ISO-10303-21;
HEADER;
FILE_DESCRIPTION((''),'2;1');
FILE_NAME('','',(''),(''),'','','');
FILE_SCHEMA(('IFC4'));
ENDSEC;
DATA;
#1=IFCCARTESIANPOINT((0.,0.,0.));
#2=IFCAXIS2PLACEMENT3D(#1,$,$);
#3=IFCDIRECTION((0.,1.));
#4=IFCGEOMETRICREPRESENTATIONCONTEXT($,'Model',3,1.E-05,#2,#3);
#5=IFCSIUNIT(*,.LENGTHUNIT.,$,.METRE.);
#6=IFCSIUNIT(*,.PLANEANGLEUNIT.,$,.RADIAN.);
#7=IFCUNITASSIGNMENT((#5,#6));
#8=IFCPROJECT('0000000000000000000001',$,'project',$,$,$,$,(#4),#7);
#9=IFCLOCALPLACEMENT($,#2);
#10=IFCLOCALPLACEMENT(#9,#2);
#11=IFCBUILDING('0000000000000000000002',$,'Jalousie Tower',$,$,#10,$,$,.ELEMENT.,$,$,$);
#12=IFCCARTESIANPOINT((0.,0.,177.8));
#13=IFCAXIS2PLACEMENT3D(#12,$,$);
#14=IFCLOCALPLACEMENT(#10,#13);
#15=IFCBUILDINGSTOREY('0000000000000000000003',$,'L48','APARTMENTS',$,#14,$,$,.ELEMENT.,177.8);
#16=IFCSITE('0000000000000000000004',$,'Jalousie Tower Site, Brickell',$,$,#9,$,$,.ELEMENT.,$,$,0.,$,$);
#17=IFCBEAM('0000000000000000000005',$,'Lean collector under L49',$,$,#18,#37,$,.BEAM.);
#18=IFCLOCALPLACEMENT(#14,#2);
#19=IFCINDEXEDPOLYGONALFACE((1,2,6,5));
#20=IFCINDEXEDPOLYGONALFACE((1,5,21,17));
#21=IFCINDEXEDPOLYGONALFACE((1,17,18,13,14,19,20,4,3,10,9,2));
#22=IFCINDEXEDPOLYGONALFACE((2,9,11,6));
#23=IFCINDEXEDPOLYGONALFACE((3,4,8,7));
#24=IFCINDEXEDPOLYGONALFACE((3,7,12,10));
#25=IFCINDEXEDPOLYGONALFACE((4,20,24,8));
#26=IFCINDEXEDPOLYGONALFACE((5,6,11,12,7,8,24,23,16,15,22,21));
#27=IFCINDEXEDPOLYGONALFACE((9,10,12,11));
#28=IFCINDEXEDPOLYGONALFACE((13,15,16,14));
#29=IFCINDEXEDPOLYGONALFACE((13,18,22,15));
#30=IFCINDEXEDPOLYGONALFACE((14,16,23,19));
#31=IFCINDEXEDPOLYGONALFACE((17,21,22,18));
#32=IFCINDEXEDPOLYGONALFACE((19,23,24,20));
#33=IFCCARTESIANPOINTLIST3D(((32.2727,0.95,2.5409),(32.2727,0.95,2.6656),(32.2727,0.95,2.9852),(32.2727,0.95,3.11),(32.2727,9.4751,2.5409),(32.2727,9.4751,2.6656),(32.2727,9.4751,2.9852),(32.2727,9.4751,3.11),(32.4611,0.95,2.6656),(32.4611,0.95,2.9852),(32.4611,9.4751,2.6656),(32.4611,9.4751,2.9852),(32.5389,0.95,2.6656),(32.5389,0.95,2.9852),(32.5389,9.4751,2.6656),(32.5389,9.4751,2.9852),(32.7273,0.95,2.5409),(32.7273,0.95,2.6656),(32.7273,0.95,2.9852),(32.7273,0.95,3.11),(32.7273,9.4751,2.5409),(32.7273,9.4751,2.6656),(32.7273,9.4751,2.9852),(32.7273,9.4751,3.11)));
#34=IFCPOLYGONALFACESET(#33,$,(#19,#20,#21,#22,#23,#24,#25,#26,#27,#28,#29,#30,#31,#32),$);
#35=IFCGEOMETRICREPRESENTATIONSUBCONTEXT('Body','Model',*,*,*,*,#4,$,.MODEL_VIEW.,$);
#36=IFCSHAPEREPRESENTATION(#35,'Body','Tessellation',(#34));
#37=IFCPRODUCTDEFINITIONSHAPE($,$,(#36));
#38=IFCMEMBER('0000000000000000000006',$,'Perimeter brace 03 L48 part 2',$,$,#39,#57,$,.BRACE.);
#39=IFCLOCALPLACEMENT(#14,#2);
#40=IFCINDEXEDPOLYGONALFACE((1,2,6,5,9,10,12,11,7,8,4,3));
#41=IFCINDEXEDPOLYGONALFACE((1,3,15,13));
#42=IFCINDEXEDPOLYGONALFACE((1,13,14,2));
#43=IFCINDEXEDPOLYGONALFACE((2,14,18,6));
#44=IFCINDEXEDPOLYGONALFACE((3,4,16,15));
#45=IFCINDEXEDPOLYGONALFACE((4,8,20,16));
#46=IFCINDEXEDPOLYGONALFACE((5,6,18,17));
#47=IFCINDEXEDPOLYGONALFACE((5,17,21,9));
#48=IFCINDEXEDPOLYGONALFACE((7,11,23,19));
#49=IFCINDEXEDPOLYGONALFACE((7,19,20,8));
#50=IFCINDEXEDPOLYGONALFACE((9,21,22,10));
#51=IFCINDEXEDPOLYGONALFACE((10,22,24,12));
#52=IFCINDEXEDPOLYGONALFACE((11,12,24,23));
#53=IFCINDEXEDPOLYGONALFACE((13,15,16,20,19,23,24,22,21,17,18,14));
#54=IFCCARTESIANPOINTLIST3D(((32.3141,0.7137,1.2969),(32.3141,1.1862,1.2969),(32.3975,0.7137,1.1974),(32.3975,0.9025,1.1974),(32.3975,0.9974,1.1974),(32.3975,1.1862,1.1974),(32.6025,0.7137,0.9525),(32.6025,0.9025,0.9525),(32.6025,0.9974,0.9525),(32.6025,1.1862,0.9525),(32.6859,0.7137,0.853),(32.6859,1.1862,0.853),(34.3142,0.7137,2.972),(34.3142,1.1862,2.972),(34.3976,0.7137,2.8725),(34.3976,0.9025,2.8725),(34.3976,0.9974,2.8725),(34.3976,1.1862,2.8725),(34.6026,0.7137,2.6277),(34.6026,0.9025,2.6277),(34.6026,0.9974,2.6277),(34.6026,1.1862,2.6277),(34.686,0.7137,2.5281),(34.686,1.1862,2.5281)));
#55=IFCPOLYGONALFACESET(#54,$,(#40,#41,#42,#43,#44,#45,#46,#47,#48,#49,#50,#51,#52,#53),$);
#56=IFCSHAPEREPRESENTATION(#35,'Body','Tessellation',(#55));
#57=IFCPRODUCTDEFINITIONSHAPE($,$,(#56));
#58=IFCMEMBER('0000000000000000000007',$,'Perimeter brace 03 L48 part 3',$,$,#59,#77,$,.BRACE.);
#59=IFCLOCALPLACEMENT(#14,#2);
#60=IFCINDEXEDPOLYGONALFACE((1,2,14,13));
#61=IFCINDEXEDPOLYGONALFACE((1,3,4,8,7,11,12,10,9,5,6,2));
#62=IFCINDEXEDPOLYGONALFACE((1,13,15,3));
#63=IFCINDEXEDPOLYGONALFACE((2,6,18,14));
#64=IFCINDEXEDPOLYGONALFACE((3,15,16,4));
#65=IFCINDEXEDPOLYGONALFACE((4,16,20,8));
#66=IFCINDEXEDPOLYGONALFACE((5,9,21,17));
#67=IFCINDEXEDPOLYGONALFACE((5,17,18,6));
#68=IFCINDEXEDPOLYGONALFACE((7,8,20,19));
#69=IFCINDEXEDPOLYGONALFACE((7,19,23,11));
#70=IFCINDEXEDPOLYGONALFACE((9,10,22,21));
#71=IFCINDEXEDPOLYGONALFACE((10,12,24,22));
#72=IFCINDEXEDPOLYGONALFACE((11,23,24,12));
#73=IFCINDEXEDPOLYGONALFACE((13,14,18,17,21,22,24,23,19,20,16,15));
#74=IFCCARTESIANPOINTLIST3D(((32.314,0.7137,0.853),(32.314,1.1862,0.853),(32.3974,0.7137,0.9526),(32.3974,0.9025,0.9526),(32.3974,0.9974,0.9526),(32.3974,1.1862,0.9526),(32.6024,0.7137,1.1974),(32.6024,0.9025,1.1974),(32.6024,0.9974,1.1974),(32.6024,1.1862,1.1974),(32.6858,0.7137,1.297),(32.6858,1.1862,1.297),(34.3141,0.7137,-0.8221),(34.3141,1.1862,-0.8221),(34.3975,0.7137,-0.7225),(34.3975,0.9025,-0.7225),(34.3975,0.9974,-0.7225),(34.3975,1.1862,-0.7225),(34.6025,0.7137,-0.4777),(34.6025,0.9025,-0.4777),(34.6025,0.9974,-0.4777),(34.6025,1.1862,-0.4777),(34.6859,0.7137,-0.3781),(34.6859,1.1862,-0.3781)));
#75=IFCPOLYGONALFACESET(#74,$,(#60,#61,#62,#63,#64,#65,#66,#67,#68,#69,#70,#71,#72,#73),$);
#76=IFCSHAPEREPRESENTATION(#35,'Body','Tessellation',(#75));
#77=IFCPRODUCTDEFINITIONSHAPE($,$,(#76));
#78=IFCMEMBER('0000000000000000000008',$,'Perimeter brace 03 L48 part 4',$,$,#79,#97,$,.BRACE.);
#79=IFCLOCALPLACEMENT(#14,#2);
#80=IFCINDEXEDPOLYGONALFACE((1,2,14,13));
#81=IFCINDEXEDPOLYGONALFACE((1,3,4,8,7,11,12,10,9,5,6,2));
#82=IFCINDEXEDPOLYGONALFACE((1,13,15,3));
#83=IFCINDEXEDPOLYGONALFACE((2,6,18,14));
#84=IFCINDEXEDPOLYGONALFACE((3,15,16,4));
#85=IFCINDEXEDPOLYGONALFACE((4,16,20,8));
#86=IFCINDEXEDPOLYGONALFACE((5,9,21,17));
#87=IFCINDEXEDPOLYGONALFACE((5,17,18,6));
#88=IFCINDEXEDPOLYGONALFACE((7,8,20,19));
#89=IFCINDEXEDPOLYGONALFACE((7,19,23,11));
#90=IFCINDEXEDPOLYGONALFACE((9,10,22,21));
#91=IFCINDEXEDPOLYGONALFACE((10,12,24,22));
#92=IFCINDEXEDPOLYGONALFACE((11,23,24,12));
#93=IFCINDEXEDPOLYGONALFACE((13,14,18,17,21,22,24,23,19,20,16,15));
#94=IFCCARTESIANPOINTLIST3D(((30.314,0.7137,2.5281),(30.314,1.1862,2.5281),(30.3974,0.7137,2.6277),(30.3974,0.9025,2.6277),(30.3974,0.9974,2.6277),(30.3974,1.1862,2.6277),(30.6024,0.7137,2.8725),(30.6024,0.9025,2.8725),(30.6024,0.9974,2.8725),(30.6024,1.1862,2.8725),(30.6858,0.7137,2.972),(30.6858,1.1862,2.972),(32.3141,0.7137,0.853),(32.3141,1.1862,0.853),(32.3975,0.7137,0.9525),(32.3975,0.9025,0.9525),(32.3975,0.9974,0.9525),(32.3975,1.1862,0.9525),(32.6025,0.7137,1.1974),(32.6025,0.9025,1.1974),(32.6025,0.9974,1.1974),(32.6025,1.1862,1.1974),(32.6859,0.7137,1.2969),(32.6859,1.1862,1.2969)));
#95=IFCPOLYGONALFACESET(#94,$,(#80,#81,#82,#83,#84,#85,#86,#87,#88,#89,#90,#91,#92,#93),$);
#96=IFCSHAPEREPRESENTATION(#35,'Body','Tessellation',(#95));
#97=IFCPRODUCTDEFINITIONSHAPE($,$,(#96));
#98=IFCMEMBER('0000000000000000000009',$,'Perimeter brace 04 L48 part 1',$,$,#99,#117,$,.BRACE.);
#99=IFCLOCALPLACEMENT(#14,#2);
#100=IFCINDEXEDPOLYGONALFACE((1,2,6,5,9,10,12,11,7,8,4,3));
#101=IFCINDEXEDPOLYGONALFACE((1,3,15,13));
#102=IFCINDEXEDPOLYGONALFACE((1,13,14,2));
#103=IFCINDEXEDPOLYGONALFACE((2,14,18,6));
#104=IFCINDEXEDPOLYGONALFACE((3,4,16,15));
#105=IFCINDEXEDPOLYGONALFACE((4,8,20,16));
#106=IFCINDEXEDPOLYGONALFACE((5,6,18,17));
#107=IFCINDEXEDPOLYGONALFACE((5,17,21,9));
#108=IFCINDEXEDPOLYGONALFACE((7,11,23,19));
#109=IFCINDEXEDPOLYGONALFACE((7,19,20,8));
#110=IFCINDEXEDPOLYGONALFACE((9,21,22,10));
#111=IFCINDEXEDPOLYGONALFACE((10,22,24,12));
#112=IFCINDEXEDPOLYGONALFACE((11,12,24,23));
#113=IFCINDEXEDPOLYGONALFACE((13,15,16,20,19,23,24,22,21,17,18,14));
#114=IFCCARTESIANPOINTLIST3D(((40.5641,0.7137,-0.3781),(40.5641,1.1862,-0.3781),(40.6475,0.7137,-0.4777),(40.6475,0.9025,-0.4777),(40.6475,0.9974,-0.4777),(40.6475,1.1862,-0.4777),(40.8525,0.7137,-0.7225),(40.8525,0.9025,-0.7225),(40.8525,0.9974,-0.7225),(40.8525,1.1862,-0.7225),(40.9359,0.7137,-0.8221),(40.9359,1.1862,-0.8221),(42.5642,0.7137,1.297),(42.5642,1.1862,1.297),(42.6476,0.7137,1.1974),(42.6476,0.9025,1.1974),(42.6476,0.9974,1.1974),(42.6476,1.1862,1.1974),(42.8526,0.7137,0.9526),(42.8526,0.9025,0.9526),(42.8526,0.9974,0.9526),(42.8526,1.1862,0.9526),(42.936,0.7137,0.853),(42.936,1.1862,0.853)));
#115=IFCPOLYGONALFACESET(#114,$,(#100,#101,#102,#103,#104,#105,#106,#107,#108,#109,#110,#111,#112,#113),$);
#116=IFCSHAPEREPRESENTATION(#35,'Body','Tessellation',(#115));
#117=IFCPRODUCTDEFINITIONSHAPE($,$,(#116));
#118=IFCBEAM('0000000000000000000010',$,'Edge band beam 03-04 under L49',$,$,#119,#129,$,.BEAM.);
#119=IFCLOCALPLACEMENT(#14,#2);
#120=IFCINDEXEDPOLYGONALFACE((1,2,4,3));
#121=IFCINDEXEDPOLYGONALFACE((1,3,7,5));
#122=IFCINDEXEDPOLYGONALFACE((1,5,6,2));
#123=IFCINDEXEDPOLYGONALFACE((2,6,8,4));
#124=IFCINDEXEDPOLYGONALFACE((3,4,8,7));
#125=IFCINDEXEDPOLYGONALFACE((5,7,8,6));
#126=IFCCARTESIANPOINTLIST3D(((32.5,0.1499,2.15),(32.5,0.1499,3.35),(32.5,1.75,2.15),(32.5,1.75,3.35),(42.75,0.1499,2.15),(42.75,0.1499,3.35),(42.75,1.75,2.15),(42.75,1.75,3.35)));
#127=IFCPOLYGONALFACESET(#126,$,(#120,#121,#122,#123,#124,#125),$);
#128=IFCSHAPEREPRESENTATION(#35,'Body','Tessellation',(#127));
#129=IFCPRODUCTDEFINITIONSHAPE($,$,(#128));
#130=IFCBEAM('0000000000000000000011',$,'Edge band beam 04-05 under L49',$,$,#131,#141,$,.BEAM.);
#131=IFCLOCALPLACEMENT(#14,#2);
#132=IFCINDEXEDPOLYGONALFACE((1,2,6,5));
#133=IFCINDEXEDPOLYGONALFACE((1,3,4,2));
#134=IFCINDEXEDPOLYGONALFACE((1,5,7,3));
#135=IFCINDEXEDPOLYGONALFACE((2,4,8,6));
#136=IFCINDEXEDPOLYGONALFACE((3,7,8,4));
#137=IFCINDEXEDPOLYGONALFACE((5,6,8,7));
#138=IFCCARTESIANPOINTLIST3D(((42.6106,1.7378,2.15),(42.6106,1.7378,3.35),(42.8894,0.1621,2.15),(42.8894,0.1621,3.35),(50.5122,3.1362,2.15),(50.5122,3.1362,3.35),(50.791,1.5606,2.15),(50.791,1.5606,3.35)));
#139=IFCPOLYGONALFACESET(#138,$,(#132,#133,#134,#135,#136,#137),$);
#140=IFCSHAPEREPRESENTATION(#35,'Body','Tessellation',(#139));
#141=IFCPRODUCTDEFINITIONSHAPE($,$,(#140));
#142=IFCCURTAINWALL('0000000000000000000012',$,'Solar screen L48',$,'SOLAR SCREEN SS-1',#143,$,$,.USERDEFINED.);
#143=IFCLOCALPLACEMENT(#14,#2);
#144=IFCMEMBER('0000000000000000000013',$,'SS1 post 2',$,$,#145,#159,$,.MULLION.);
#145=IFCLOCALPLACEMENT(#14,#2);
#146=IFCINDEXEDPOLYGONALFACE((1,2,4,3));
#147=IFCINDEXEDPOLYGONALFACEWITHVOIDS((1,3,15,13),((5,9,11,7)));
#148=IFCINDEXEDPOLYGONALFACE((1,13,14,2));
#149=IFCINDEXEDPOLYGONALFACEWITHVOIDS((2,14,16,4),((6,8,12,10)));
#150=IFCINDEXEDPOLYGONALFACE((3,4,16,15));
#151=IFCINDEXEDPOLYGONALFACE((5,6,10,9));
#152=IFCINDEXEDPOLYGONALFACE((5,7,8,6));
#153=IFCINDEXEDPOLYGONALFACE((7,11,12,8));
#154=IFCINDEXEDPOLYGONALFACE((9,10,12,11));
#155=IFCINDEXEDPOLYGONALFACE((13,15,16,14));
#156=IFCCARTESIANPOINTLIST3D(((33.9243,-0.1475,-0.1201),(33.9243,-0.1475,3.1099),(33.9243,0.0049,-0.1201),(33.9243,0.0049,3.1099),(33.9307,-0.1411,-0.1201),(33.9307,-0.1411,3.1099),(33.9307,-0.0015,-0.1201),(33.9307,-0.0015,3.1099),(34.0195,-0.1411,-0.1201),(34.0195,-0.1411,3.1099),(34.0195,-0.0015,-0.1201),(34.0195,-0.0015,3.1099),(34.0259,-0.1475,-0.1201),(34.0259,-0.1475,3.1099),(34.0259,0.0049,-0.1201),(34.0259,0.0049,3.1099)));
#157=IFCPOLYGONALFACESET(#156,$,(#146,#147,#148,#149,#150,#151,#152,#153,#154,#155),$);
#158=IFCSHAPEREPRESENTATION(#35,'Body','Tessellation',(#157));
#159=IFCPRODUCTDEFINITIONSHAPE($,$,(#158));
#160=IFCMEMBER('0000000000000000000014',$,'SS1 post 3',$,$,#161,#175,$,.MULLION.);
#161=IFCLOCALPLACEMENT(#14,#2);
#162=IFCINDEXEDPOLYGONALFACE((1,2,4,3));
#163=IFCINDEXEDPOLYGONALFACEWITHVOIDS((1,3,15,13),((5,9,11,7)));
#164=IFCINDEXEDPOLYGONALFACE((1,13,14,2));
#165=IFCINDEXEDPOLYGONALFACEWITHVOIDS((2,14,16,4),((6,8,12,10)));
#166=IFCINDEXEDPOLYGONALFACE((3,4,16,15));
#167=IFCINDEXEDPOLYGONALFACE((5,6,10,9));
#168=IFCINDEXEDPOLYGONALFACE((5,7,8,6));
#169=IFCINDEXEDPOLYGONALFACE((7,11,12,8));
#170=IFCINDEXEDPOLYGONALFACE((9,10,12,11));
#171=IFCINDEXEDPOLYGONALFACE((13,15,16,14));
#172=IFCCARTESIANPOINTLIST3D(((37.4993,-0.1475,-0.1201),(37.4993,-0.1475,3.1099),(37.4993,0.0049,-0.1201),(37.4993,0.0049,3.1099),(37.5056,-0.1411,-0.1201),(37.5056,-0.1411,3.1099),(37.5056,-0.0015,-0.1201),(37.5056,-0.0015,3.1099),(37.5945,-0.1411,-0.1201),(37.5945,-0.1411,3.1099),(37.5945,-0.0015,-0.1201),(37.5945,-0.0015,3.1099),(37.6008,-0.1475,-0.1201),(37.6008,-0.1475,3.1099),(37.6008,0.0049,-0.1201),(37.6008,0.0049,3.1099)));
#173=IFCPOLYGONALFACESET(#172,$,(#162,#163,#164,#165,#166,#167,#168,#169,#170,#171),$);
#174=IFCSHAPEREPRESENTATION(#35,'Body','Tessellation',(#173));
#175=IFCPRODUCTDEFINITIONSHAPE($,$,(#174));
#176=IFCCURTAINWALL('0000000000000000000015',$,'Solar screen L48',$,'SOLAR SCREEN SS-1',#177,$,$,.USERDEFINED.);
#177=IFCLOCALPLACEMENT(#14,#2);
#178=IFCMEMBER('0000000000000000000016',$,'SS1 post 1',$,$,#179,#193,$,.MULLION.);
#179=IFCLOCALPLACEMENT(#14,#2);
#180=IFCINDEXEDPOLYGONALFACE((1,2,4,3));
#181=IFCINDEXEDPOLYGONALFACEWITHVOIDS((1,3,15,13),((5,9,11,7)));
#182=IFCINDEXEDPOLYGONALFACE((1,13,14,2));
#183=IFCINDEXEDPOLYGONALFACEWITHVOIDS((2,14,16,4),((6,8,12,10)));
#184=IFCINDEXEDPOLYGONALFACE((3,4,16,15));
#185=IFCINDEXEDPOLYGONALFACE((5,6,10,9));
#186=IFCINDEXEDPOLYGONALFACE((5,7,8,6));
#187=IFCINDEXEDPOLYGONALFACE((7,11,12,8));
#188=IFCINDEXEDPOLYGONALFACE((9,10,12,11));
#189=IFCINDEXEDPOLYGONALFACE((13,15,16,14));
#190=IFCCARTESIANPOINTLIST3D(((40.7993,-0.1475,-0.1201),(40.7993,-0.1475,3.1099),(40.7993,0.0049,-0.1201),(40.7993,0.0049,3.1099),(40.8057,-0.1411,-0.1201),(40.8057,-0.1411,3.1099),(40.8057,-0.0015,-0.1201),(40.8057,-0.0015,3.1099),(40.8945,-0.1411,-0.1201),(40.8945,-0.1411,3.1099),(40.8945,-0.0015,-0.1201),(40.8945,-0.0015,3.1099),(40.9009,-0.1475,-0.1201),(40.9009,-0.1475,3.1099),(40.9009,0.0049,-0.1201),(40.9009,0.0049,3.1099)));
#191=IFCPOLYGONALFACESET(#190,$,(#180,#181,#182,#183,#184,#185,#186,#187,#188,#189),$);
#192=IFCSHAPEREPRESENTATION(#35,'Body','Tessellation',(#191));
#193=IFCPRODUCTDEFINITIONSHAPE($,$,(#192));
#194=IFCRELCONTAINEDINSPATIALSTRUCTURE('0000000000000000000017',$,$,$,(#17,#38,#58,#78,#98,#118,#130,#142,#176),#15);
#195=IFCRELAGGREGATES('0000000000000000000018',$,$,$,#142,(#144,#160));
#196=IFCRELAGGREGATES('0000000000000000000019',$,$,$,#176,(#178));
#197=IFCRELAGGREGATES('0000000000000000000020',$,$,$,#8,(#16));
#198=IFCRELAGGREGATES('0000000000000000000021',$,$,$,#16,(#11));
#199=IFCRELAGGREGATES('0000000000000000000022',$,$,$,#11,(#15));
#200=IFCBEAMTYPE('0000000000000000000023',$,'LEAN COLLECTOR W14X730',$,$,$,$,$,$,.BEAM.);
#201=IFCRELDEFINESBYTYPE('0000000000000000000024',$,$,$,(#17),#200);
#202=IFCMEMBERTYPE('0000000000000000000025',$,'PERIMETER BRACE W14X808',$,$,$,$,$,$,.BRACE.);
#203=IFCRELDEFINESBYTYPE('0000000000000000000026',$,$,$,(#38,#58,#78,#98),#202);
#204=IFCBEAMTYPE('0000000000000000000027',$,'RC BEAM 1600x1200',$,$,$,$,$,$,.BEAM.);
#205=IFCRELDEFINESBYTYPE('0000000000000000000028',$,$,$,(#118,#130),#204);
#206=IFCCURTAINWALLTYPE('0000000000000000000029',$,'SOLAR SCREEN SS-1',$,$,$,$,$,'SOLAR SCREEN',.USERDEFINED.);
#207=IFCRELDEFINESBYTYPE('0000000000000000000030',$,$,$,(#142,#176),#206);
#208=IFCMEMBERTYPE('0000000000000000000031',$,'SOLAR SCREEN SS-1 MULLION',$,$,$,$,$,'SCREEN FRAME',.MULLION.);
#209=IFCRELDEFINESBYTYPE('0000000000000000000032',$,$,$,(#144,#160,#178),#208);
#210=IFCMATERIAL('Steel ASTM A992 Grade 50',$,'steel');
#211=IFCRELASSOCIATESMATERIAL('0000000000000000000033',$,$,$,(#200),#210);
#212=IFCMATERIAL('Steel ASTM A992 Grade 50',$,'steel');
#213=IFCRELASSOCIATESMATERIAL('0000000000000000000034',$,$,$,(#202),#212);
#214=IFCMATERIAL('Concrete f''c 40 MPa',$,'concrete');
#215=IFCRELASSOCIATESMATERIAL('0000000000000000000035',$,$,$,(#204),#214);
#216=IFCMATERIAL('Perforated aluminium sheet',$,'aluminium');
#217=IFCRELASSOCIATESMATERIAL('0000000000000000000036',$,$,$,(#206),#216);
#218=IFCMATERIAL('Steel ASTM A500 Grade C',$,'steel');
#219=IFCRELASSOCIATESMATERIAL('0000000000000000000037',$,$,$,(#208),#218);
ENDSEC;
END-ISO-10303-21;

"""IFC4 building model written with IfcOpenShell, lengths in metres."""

from ifc_helpers import new_model, si_unit, direction, frame, origin, origin_2d, place, context, subcontext, project, spatial, rectangle, hollow_rectangle, i_section, extrude, material, material_profile, profile_set, type_object, element, aggregate, save


model = new_model("IFC4")

# Units and contexts
model_context = context("Model", 3, precision=1e-05, world=origin(), true_north=direction((0.0, 1.0)))
body_context = subcontext(model_context, "Body", "Model", "MODEL_VIEW")
ifc_project = project(units=[si_unit("LENGTHUNIT", "METRE"), si_unit("PLANEANGLEUNIT", "RADIAN")], contexts=[model_context])

# Site, building, storey
site_placement = place(None, origin())
site = spatial("IfcSite", under=ifc_project, at=site_placement, Name="Jalousie Tower Site, Brickell", CompositionType="ELEMENT", RefElevation=0.0)
building_placement = place(site_placement, origin())
building = spatial("IfcBuilding", under=site, at=building_placement, Name="Jalousie Tower", CompositionType="ELEMENT")
storey_placement = place(building_placement, frame((0.0, 0.0, 177.8)))
storey = spatial("IfcBuildingStorey", under=building, at=storey_placement, Name="L48", Description="APARTMENTS", CompositionType="ELEMENT", Elevation=177.8)

# Beam
ifc_material_1 = material(Name="Steel ASTM A992 Grade 50", Category="steel")
ifc_material_profile_1 = material_profile(ifc_material_1, i_section(OverallWidth=0.4546, OverallDepth=0.5691, WebThickness=0.0779, FlangeThickness=0.1248, at=origin_2d()), Name="W14X730")
ifc_profile_set_1 = profile_set([ifc_material_profile_1], Name="Steel ASTM A992 Grade 50")
beam_type_1 = type_object("IfcBeamType", Name="LEAN COLLECTOR W14X730", PredefinedType="BEAM", material=ifc_profile_set_1)
beam_1_placement = place(storey_placement, frame((32.5, 0.95, 2.8254), z_axis=(0.0, 1.0, 0.0), x_axis=(-1.0, 0.0, 0.0)))
element("IfcBeam", 1, at=beam_1_placement, inside=storey, type_object=beam_type_1, Name="Lean collector under L49", PredefinedType="BEAM", context=body_context, shape_type="SweptSolid", body=[
    extrude(i_section(OverallWidth=0.4546, OverallDepth=0.5691, WebThickness=0.0779, FlangeThickness=0.1248, at=origin_2d()), origin(), (0.0, 0.0, 1.0), 8.5251),
])

# Members
ifc_material_2 = material(Name="Steel ASTM A992 Grade 50", Category="steel")
ifc_material_profile_2 = material_profile(ifc_material_2, i_section(OverallWidth=0.4724, OverallDepth=0.5791, WebThickness=0.095, FlangeThickness=0.1299, at=origin_2d()), Name="W14X808")
ifc_profile_set_2 = profile_set([ifc_material_profile_2], Name="Steel ASTM A992 Grade 50")
member_type_1 = type_object("IfcMemberType", Name="PERIMETER BRACE W14X808", PredefinedType="BRACE", material=ifc_profile_set_2)
for number, where, z_axis, x_axis, name in (
    (2, (32.5, 0.95, 1.075), (0.766639, 0.0, 0.642079), (0.0, 1.0, 0.0), "Perimeter brace 03 L48 part 2"),
    (3, (34.5, 0.95, -0.6001), (-0.766639, 0.0, 0.642079), (0.0, -1.0, 0.0), "Perimeter brace 03 L48 part 3"),
    (4, (32.5, 0.95, 1.075), (-0.766639, 0.0, 0.642079), (0.0, -1.0, 0.0), "Perimeter brace 03 L48 part 4"),
    (5, (40.75, 0.95, -0.6001), (0.766639, 0.0, 0.642079), (0.0, 1.0, 0.0), "Perimeter brace 04 L48 part 1"),
):
    element("IfcMember", number, at=place(storey_placement, frame(where, z_axis=z_axis, x_axis=x_axis)), inside=storey, type_object=member_type_1, Name=name, PredefinedType="BRACE", context=body_context, shape_type="SweptSolid", body=[
        extrude(i_section(OverallWidth=0.4724, OverallDepth=0.5791, WebThickness=0.095, FlangeThickness=0.1299, at=origin_2d()), origin(), (0.0, 0.0, 1.0), 2.6089),
    ])

# Beams
ifc_material_3 = material(Name="Concrete f'c 40 MPa", Category="concrete")
ifc_material_profile_3 = material_profile(ifc_material_3, rectangle(XDim=1.6001, YDim=1.2, at=origin_2d()), Name="RC 1600x1200")
ifc_profile_set_3 = profile_set([ifc_material_profile_3], Name="Concrete f'c 40 MPa")
beam_type_2 = type_object("IfcBeamType", Name="RC BEAM 1600x1200", PredefinedType="BEAM", material=ifc_profile_set_3)
beam_2_placement = place(storey_placement, frame((32.5, 0.95, 2.75), z_axis=(1.0, 0.0, 0.0), x_axis=(0.0, 1.0, 0.0)))
element("IfcBeam", 6, at=beam_2_placement, inside=storey, type_object=beam_type_2, Name="Edge band beam 03-04 under L49", PredefinedType="BEAM", context=body_context, shape_type="SweptSolid", body=[
    extrude(rectangle(XDim=1.6001, YDim=1.2, at=origin_2d()), origin(), (0.0, 0.0, 1.0), 10.25),
])
beam_3_placement = place(storey_placement, frame((42.75, 0.95, 2.75), z_axis=(0.984697, 0.174273, 0.0), x_axis=(-0.174273, 0.984697, 0.0)))
element("IfcBeam", 7, at=beam_3_placement, inside=storey, type_object=beam_type_2, Name="Edge band beam 04-05 under L49", PredefinedType="BEAM", context=body_context, shape_type="SweptSolid", body=[
    extrude(rectangle(XDim=1.6001, YDim=1.2, at=origin_2d()), origin(), (0.0, 0.0, 1.0), 8.0244),
])

# Curtain walls, members
ifc_material_4 = material(Name="Perforated aluminium sheet", Category="aluminium")
curtain_wall_type = type_object("IfcCurtainWallType", Name="SOLAR SCREEN SS-1", ElementType="SOLAR SCREEN", PredefinedType="USERDEFINED", material=ifc_material_4)
curtain_wall_1_placement = place(storey_placement, origin())
curtain_wall_1 = element("IfcCurtainWall", 8, at=curtain_wall_1_placement, inside=storey, type_object=curtain_wall_type, Name="Solar screen L48", ObjectType="SOLAR SCREEN SS-1", PredefinedType="USERDEFINED")
ifc_material_5 = material(Name="Steel ASTM A500 Grade C", Category="steel")
ifc_material_profile_4 = material_profile(ifc_material_5, hollow_rectangle(XDim=0.1016, YDim=0.1523, WallThickness=0.0063, at=origin_2d()), Name="HSS6X4X1/4")
ifc_profile_set_4 = profile_set([ifc_material_profile_4], Name="Steel ASTM A500 Grade C")
member_type_2 = type_object("IfcMemberType", Name="SOLAR SCREEN SS-1 MULLION", ElementType="SCREEN FRAME", PredefinedType="MULLION", material=ifc_profile_set_4)
member_1_placement = place(storey_placement, frame((33.9751, -0.0713, -0.1201), z_axis=(0.0, 0.0, 1.0), x_axis=(1.0, 0.0, 0.0)))
member_1 = element("IfcMember", 9, at=member_1_placement, type_object=member_type_2, Name="SS1 post 2", PredefinedType="MULLION", context=body_context, shape_type="SweptSolid", body=[
    extrude(hollow_rectangle(XDim=0.1016, YDim=0.1523, WallThickness=0.0063, at=origin_2d()), origin(), (0.0, 0.0, 1.0), 3.23),
])
member_2_placement = place(storey_placement, frame((37.55, -0.0713, -0.1201), z_axis=(0.0, 0.0, 1.0), x_axis=(1.0, 0.0, 0.0)))
member_2 = element("IfcMember", 10, at=member_2_placement, type_object=member_type_2, Name="SS1 post 3", PredefinedType="MULLION", context=body_context, shape_type="SweptSolid", body=[
    extrude(hollow_rectangle(XDim=0.1016, YDim=0.1523, WallThickness=0.0063, at=origin_2d()), origin(), (0.0, 0.0, 1.0), 3.23),
])
curtain_wall_2_placement = place(storey_placement, origin())
curtain_wall_2 = element("IfcCurtainWall", 11, at=curtain_wall_2_placement, inside=storey, type_object=curtain_wall_type, Name="Solar screen L48", ObjectType="SOLAR SCREEN SS-1", PredefinedType="USERDEFINED")
member_3_placement = place(storey_placement, frame((40.8501, -0.0713, -0.1201), z_axis=(0.0, 0.0, 1.0), x_axis=(1.0, 0.0, 0.0)))
member_3 = element("IfcMember", 12, at=member_3_placement, type_object=member_type_2, Name="SS1 post 1", PredefinedType="MULLION", context=body_context, shape_type="SweptSolid", body=[
    extrude(hollow_rectangle(XDim=0.1016, YDim=0.1523, WallThickness=0.0063, at=origin_2d()), origin(), (0.0, 0.0, 1.0), 3.23),
])

aggregate(curtain_wall_1, [member_1, member_2])
aggregate(curtain_wall_2, [member_3])

save(model, "model.ifc")
